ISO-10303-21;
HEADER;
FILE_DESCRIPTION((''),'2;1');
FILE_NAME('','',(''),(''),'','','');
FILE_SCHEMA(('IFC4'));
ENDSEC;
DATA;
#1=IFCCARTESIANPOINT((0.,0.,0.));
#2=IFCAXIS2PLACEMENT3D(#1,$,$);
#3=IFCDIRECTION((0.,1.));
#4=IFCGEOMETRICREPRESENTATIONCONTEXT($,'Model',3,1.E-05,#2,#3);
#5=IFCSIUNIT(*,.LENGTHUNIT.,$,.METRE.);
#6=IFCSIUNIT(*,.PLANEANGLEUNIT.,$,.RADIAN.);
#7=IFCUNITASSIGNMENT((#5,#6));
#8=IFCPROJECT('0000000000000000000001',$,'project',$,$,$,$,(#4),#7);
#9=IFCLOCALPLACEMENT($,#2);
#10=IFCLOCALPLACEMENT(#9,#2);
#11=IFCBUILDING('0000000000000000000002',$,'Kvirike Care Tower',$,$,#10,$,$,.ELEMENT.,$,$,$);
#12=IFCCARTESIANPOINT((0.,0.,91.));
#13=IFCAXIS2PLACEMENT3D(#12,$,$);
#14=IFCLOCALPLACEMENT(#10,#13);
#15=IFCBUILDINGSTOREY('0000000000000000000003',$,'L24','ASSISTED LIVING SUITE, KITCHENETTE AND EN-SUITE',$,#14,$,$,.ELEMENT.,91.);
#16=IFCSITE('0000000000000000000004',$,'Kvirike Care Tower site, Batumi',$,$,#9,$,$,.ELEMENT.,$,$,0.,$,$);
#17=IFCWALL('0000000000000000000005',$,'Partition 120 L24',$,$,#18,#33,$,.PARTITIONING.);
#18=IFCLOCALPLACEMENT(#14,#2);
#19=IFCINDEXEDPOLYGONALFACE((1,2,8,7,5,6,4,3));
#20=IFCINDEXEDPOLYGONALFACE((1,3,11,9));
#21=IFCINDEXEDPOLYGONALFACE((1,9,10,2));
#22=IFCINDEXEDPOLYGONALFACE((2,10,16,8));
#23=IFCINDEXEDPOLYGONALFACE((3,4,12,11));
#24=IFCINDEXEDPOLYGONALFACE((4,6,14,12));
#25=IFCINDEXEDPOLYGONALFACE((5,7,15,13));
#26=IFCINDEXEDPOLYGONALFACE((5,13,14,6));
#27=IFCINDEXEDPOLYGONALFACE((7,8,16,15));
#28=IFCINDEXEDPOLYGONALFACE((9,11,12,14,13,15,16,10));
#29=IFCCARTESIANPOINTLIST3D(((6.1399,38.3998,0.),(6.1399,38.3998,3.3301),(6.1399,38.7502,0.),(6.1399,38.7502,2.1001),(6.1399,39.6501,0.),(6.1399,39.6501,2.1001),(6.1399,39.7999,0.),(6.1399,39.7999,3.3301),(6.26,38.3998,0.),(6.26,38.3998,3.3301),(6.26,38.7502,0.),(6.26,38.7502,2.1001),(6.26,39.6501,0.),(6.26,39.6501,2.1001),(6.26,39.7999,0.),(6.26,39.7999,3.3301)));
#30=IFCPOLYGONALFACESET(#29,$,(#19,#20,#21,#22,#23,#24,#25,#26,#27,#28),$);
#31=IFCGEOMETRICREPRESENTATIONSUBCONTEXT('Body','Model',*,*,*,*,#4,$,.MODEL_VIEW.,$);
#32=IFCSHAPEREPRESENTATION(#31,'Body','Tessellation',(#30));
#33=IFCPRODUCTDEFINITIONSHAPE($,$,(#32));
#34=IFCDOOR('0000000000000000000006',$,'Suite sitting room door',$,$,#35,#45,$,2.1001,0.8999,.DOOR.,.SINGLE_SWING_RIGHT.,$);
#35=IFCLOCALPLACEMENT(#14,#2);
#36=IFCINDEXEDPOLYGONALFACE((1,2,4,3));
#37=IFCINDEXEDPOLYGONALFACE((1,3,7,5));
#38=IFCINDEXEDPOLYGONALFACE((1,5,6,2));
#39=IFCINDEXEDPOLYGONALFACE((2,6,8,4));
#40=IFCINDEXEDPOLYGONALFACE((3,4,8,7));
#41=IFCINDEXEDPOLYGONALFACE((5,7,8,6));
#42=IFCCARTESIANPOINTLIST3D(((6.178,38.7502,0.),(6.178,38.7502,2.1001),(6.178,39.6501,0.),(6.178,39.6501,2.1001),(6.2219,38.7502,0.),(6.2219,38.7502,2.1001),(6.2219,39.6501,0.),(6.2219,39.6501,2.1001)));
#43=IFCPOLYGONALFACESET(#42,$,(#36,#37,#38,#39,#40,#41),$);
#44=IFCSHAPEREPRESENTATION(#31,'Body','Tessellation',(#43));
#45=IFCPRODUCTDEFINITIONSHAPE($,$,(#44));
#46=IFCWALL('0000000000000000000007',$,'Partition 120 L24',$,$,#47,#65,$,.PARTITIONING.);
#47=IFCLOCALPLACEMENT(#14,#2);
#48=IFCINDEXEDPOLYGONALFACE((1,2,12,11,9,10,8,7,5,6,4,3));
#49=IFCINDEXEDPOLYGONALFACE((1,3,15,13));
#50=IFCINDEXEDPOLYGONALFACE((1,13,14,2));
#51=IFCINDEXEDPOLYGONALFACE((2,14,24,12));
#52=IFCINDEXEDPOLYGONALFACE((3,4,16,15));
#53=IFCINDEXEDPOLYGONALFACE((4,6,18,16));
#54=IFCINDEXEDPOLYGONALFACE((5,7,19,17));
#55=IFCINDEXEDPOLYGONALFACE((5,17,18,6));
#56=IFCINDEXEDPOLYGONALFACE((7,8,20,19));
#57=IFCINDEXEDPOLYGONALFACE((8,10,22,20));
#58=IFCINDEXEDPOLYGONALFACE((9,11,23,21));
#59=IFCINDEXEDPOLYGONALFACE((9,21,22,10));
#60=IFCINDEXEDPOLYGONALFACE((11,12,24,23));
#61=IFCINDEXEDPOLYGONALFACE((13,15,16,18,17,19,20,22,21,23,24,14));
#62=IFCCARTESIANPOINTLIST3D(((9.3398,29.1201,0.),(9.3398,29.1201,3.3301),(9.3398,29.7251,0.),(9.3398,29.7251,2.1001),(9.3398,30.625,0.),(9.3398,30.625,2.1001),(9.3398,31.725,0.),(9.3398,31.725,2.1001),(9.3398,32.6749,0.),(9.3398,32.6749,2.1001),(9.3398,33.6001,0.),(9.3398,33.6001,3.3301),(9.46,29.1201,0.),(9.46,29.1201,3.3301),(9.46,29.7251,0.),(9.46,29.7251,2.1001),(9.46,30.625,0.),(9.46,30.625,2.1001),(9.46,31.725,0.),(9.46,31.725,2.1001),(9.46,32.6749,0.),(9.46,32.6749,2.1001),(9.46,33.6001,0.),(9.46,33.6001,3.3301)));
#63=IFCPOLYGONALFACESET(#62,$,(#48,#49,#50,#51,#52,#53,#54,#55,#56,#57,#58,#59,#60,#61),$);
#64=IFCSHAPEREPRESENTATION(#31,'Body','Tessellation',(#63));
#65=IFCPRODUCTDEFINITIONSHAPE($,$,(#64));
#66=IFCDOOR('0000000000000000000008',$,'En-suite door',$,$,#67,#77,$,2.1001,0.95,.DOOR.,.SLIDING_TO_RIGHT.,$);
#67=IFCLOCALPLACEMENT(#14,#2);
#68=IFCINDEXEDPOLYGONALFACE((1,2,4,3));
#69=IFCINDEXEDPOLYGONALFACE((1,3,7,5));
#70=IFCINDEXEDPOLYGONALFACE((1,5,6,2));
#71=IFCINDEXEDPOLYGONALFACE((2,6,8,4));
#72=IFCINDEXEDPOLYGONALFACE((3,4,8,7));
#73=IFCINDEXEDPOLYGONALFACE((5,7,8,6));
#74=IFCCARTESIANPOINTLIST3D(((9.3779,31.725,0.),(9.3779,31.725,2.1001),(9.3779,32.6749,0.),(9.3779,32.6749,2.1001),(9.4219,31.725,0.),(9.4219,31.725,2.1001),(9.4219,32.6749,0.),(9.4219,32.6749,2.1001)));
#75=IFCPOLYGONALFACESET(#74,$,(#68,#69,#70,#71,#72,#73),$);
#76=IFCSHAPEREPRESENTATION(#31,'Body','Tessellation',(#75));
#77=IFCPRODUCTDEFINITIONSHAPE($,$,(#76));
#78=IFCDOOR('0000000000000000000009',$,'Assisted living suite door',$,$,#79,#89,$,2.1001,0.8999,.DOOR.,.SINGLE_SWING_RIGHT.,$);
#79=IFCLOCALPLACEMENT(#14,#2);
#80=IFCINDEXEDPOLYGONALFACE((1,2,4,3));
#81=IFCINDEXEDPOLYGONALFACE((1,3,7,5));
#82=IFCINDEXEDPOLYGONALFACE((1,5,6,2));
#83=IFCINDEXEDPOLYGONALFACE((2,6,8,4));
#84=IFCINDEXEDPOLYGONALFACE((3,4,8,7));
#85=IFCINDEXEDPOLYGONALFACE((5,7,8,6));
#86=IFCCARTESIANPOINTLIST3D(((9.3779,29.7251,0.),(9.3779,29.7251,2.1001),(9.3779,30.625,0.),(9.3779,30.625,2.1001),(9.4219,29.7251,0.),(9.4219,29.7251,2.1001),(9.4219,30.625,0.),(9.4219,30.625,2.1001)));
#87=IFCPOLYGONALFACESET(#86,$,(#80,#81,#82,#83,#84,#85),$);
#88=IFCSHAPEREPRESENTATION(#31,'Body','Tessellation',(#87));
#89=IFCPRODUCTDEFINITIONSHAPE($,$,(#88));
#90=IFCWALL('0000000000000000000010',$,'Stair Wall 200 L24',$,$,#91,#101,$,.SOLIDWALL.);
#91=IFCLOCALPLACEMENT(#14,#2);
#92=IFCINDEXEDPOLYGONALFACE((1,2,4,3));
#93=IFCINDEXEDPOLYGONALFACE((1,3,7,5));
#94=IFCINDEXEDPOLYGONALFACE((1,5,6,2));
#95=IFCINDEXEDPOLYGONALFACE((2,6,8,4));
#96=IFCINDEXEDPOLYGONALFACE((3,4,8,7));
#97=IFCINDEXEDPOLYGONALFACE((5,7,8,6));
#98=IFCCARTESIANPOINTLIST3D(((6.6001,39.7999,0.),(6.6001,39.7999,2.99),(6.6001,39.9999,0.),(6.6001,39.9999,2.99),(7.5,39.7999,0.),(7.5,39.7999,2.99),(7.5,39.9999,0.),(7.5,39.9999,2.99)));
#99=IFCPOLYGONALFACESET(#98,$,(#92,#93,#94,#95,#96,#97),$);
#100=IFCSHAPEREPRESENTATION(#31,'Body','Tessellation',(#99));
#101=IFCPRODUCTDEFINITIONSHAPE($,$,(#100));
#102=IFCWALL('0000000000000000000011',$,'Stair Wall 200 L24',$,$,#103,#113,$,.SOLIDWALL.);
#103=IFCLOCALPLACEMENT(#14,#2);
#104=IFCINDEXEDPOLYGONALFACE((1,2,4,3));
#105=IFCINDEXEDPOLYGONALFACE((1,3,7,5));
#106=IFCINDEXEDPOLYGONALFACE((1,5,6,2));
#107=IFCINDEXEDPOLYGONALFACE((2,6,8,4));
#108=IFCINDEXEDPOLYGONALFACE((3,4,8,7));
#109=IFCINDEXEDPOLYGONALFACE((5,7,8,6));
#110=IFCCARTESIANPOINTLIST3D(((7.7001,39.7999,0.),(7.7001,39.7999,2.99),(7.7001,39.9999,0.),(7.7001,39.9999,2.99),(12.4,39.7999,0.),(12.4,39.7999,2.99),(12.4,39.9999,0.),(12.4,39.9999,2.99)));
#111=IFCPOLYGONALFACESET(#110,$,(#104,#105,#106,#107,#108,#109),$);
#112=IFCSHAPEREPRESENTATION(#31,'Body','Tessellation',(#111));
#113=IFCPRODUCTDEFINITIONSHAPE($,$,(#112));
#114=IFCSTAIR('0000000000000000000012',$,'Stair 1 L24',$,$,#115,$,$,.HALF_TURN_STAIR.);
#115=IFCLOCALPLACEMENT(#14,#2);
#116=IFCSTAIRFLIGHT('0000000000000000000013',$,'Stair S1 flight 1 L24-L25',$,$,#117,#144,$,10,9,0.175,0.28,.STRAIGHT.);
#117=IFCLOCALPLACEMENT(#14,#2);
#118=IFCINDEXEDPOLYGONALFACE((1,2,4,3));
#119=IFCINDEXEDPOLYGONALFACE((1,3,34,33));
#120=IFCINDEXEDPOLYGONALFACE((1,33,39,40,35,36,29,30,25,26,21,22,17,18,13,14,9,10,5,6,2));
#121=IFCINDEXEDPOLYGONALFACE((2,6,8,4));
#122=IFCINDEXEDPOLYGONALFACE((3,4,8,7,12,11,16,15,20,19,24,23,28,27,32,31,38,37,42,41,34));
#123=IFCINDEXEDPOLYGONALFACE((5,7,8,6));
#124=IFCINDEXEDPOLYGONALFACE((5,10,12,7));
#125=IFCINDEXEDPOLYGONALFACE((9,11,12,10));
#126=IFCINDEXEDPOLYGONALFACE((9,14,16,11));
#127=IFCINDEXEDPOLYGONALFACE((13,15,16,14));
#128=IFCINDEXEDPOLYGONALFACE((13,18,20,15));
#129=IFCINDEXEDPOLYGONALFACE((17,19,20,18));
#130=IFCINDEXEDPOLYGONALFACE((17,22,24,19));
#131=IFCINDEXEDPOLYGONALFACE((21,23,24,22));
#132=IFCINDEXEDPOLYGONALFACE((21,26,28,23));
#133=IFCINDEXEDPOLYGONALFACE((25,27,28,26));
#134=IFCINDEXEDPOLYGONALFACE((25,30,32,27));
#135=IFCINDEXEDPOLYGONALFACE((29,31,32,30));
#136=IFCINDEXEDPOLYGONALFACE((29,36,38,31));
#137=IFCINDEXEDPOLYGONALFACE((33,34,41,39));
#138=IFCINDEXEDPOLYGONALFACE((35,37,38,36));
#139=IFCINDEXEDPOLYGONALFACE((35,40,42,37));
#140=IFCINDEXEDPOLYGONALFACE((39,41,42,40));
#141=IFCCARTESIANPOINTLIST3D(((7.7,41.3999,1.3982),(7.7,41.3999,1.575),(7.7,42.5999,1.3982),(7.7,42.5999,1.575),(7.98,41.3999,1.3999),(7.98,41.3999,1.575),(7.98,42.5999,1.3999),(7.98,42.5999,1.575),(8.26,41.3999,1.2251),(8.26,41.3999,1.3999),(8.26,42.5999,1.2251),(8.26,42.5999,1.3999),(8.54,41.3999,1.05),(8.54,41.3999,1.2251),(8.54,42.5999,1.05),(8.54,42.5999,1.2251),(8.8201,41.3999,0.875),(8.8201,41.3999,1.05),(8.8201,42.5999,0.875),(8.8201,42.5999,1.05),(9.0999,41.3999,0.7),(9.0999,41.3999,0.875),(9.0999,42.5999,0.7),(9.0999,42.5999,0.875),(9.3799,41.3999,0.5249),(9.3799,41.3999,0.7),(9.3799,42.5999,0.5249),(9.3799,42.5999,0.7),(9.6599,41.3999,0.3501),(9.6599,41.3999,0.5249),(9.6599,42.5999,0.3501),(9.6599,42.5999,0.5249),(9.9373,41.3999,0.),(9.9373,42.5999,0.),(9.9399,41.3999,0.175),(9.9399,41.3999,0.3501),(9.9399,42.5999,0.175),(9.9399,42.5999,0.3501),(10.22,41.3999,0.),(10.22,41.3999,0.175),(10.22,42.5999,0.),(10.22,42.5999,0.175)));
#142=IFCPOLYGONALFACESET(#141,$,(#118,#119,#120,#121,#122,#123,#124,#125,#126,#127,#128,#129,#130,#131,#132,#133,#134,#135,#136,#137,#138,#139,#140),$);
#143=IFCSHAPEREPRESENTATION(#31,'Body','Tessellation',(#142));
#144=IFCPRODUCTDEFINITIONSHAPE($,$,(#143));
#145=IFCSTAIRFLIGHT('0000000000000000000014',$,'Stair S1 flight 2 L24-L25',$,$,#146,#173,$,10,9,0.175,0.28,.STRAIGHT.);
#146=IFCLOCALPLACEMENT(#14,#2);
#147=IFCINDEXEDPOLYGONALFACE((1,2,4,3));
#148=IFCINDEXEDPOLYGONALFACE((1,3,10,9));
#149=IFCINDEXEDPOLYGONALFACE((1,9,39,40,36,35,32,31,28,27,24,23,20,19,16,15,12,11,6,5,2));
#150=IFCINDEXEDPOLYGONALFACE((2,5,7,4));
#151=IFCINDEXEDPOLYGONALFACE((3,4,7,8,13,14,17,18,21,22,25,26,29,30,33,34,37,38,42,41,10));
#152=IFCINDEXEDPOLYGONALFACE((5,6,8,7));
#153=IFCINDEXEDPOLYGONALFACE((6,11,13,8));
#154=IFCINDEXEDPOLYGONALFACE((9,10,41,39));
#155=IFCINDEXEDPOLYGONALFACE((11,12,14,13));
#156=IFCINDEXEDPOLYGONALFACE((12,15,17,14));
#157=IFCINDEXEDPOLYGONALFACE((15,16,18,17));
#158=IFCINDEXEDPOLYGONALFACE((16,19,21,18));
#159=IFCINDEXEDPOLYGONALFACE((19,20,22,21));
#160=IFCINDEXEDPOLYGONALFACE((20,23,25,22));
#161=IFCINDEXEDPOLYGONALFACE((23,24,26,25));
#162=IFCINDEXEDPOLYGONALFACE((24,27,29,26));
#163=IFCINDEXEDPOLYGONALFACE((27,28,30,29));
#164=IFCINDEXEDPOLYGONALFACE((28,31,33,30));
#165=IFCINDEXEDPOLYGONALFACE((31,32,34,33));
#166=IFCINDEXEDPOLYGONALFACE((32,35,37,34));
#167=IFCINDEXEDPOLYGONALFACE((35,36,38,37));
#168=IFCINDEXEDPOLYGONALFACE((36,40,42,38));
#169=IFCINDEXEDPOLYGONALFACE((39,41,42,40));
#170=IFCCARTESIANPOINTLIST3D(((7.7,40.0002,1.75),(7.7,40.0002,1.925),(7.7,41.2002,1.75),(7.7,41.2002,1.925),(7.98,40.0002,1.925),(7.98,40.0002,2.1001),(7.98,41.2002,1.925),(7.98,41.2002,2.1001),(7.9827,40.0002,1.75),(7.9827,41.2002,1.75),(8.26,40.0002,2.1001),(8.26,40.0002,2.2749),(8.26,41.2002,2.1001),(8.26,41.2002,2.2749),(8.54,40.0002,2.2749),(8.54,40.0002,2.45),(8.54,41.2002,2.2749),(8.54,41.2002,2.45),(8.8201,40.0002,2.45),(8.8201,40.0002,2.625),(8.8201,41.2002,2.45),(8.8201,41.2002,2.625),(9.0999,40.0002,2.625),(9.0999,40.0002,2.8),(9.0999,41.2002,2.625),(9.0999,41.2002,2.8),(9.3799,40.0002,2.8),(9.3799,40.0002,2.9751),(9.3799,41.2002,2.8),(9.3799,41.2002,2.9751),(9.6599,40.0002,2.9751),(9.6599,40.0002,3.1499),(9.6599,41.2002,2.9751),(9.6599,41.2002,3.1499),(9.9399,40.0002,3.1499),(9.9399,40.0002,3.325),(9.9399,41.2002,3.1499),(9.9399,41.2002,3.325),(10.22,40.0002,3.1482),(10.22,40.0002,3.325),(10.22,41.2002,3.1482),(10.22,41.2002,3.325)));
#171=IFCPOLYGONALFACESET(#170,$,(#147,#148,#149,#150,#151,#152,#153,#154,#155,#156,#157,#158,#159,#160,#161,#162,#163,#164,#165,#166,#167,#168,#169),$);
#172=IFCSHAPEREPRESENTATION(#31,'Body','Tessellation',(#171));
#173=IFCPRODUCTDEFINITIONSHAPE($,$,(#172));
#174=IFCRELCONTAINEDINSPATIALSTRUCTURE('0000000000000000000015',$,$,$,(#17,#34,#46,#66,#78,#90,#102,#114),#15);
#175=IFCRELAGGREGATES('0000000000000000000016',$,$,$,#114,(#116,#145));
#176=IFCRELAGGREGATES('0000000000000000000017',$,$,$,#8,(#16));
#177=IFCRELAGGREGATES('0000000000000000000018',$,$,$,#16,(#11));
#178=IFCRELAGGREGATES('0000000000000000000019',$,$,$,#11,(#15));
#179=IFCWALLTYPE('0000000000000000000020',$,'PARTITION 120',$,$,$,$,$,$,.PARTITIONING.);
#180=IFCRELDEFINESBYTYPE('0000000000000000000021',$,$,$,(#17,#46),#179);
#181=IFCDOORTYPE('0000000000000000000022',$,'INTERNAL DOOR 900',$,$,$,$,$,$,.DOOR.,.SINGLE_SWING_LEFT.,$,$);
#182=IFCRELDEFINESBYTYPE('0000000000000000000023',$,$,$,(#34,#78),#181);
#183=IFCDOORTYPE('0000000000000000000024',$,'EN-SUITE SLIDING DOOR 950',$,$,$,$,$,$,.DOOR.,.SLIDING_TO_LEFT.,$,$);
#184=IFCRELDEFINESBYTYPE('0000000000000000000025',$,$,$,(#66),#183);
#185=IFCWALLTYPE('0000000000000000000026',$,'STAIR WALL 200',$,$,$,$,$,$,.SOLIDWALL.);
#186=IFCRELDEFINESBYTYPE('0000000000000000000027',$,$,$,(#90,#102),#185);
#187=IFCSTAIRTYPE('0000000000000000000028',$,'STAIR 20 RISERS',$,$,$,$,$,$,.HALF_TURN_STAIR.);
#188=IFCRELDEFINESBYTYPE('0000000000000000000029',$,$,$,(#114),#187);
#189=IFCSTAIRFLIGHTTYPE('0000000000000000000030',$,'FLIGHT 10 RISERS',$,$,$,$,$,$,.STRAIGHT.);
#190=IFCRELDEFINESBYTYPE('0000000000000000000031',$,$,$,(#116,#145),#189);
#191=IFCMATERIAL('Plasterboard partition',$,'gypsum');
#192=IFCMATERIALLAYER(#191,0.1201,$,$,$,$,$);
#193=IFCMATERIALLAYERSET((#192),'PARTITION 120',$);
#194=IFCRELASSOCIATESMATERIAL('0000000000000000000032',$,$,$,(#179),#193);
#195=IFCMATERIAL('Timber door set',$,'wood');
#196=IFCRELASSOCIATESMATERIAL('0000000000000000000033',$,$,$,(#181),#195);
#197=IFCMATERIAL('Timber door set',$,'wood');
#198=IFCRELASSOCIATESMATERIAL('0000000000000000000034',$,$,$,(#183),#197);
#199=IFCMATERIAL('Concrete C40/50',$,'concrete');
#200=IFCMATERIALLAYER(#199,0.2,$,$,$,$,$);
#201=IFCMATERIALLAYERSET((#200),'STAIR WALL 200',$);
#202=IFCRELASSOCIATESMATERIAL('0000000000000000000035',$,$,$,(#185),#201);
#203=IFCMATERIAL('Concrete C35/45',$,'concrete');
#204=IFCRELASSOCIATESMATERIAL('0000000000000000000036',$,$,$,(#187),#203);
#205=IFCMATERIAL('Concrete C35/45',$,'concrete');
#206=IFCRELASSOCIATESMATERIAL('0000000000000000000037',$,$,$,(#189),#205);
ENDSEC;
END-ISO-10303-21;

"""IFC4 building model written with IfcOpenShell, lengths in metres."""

from ifc_helpers import new_model, si_unit, direction, frame, frame_2d, origin, place, context, subcontext, project, spatial, polyline, rectangle, outline, extrude, material, layer, layer_set, type_object, element, fill, aggregate, save


model = new_model("IFC4")

# Units and contexts
model_context = context("Model", 3, precision=1e-05, world=origin(), true_north=direction((0.0, 1.0)))
body_context = subcontext(model_context, "Body", "Model", "MODEL_VIEW")
ifc_project = project(units=[si_unit("LENGTHUNIT", "METRE"), si_unit("PLANEANGLEUNIT", "RADIAN")], contexts=[model_context])

# Site, building, storey
site_placement = place(None, origin())
site = spatial("IfcSite", under=ifc_project, at=site_placement, Name="Kvirike Care Tower site, Batumi", CompositionType="ELEMENT", RefElevation=0.0)
building_placement = place(site_placement, origin())
building = spatial("IfcBuilding", under=site, at=building_placement, Name="Kvirike Care Tower", CompositionType="ELEMENT")
storey_placement = place(building_placement, frame((0.0, 0.0, 91.0)))
storey = spatial("IfcBuildingStorey", under=building, at=storey_placement, Name="L24", Description="ASSISTED LIVING SUITE, KITCHENETTE AND EN-SUITE", CompositionType="ELEMENT", Elevation=91.0)

# Wall, opening, door
ifc_material_1 = material(Name="Plasterboard partition", Category="gypsum")
ifc_layer_1 = layer(ifc_material_1, 0.1201)
ifc_layer_set_1 = layer_set([ifc_layer_1], Name="PARTITION 120")
wall_type_1 = type_object("IfcWallType", Name="PARTITION 120", PredefinedType="PARTITIONING", material=ifc_layer_set_1)
ifc_material_2 = material(Name="Timber door set", Category="wood")
door_type_1 = type_object("IfcDoorType", Name="INTERNAL DOOR 900", OperationType="SINGLE_SWING_LEFT", PredefinedType="DOOR", material=ifc_material_2)
wall_1_placement = place(storey_placement, frame((6.2, 39.8, 0.0), z_axis=(0.0, 0.0, 1.0), x_axis=(0.0, -1.0, 0.0)))
wall_1 = element("IfcWall", 1, at=wall_1_placement, inside=storey, type_object=wall_type_1, Name="Partition 120 L24", PredefinedType="PARTITIONING", context=body_context, shape_type="SweptSolid", body=[
    extrude(rectangle(XDim=1.4001, YDim=0.1201, at=frame_2d((0.7002, 0.0))), origin(), (0.0, 0.0, 1.0), 3.3301),
])
opening_1_placement = place(wall_1_placement, frame((0.1499, 0.0, 0.0)))
opening_1 = element("IfcOpeningElement", 2, at=opening_1_placement, cuts=wall_1, PredefinedType="OPENING", context=body_context, shape_type="SweptSolid", body=[
    extrude(rectangle(XDim=0.8999, YDim=2.1001, at=frame_2d((0.45, 1.05))), frame((0.0, 0.0706, 0.0), z_axis=(0.0, -1.0, 0.0), x_axis=(1.0, 0.0, 0.0)), (0.0, 0.0, 1.0), 0.1411),
])
door_1_placement = place(opening_1_placement, origin())
door_1 = element("IfcDoor", 3, at=door_1_placement, inside=storey, type_object=door_type_1, Name="Suite sitting room door", OperationType="SINGLE_SWING_RIGHT", OverallHeight=2.1001, OverallWidth=0.8999, PredefinedType="DOOR", context=body_context, shape_type="SweptSolid", body=[
    extrude(rectangle(XDim=0.8999, YDim=2.1001, at=frame_2d((0.45, 1.05))), frame((0.0, 0.022, 0.0), z_axis=(0.0, -1.0, 0.0), x_axis=(1.0, 0.0, 0.0)), (0.0, 0.0, 1.0), 0.0439),
])
fill(opening_1, door_1)

# Wall, openings, doors
wall_2_placement = place(storey_placement, frame((9.3999, 33.6001, 0.0), z_axis=(0.0, 0.0, 1.0), x_axis=(0.0, -1.0, 0.0)))
wall_2 = element("IfcWall", 4, at=wall_2_placement, inside=storey, type_object=wall_type_1, Name="Partition 120 L24", PredefinedType="PARTITIONING", context=body_context, shape_type="SweptSolid", body=[
    extrude(rectangle(XDim=4.48, YDim=0.1201, at=frame_2d((2.24, 0.0))), origin(), (0.0, 0.0, 1.0), 3.3301),
])
opening_2_placement = place(wall_2_placement, frame((2.9751, 0.0, 0.0)))
opening_2 = element("IfcOpeningElement", 5, at=opening_2_placement, cuts=wall_2, PredefinedType="OPENING", context=body_context, shape_type="SweptSolid", body=[
    extrude(rectangle(XDim=0.8999, YDim=2.1001, at=frame_2d((0.45, 1.05))), frame((0.0, 0.0706, 0.0), z_axis=(0.0, -1.0, 0.0), x_axis=(1.0, 0.0, 0.0)), (0.0, 0.0, 1.0), 0.1411),
])
opening_3_placement = place(wall_2_placement, frame((0.925, 0.0, 0.0)))
opening_3 = element("IfcOpeningElement", 6, at=opening_3_placement, cuts=wall_2, PredefinedType="OPENING", context=body_context, shape_type="SweptSolid", body=[
    extrude(rectangle(XDim=0.95, YDim=2.1001, at=frame_2d((0.4751, 1.05))), frame((0.0, 0.0706, 0.0), z_axis=(0.0, -1.0, 0.0), x_axis=(1.0, 0.0, 0.0)), (0.0, 0.0, 1.0), 0.1411),
])
ifc_material_3 = material(Name="Timber door set", Category="wood")
door_type_2 = type_object("IfcDoorType", Name="EN-SUITE SLIDING DOOR 950", OperationType="SLIDING_TO_LEFT", PredefinedType="DOOR", material=ifc_material_3)
door_2_placement = place(opening_3_placement, origin())
door_2 = element("IfcDoor", 7, at=door_2_placement, inside=storey, type_object=door_type_2, Name="En-suite door", OperationType="SLIDING_TO_RIGHT", OverallHeight=2.1001, OverallWidth=0.95, PredefinedType="DOOR", context=body_context, shape_type="SweptSolid", body=[
    extrude(rectangle(XDim=0.95, YDim=2.1001, at=frame_2d((0.4751, 1.05))), frame((0.0, 0.022, 0.0), z_axis=(0.0, -1.0, 0.0), x_axis=(1.0, 0.0, 0.0)), (0.0, 0.0, 1.0), 0.0439),
])
fill(opening_3, door_2)
door_3_placement = place(opening_2_placement, origin())
door_3 = element("IfcDoor", 8, at=door_3_placement, inside=storey, type_object=door_type_1, Name="Assisted living suite door", OperationType="SINGLE_SWING_RIGHT", OverallHeight=2.1001, OverallWidth=0.8999, PredefinedType="DOOR", context=body_context, shape_type="SweptSolid", body=[
    extrude(rectangle(XDim=0.8999, YDim=2.1001, at=frame_2d((0.45, 1.05))), frame((0.0, 0.022, 0.0), z_axis=(0.0, -1.0, 0.0), x_axis=(1.0, 0.0, 0.0)), (0.0, 0.0, 1.0), 0.0439),
])
fill(opening_2, door_3)

# Walls
ifc_material_4 = material(Name="Concrete C40/50", Category="concrete")
ifc_layer_2 = layer(ifc_material_4, 0.2)
ifc_layer_set_2 = layer_set([ifc_layer_2], Name="STAIR WALL 200")
wall_type_2 = type_object("IfcWallType", Name="STAIR WALL 200", PredefinedType="SOLIDWALL", material=ifc_layer_set_2)
wall_3_placement = place(storey_placement, frame((6.6001, 39.8999, 0.0), z_axis=(0.0, 0.0, 1.0), x_axis=(1.0, 0.0, 0.0)))
element("IfcWall", 9, at=wall_3_placement, inside=storey, type_object=wall_type_2, Name="Stair Wall 200 L24", PredefinedType="SOLIDWALL", context=body_context, shape_type="SweptSolid", body=[
    extrude(rectangle(XDim=0.8999, YDim=0.2, at=frame_2d((0.45, 0.0))), origin(), (0.0, 0.0, 1.0), 2.99),
])
wall_4_placement = place(storey_placement, frame((7.7, 39.8999, 0.0), z_axis=(0.0, 0.0, 1.0), x_axis=(1.0, 0.0, 0.0)))
element("IfcWall", 10, at=wall_4_placement, inside=storey, type_object=wall_type_2, Name="Stair Wall 200 L24", PredefinedType="SOLIDWALL", context=body_context, shape_type="SweptSolid", body=[
    extrude(rectangle(XDim=4.7, YDim=0.2, at=frame_2d((2.3501, 0.0))), origin(), (0.0, 0.0, 1.0), 2.99),
])

# Stair, stair flights
ifc_material_5 = material(Name="Concrete C35/45", Category="concrete")
stair_type = type_object("IfcStairType", Name="STAIR 20 RISERS", PredefinedType="HALF_TURN_STAIR", material=ifc_material_5)
stair_placement = place(storey_placement, origin())
stair = element("IfcStair", 11, at=stair_placement, inside=storey, type_object=stair_type, Name="Stair 1 L24", PredefinedType="HALF_TURN_STAIR")
ifc_material_6 = material(Name="Concrete C35/45", Category="concrete")
stair_flight_type = type_object("IfcStairFlightType", Name="FLIGHT 10 RISERS", PredefinedType="STRAIGHT", material=ifc_material_6)
stair_flight_1_placement = place(storey_placement, frame((10.22, 42.0, 0.0), z_axis=(0.0, 0.0, 1.0), x_axis=(-1.0, 0.0, 0.0)))
stair_flight_1 = element("IfcStairFlight", 12, at=stair_flight_1_placement, type_object=stair_flight_type, Name="Stair S1 flight 1 L24-L25", NumberOfRisers=10, NumberOfTreads=9, PredefinedType="STRAIGHT", RiserHeight=0.175, TreadLength=0.28, context=body_context, shape_type="SweptSolid", body=[
    extrude(outline(polyline([(0.0, 0.0), (0.0, 0.175), (0.28, 0.175), (0.28, 0.3501), (0.5601, 0.3501), (0.5601, 0.5249), (0.8401, 0.5249), (0.8401, 0.7), (1.1201, 0.7), (1.1201, 0.875), (1.3999, 0.875), (1.3999, 1.05), (1.6799, 1.05), (1.6799, 1.2251), (1.96, 1.2251), (1.96, 1.3999), (2.24, 1.3999), (2.24, 1.575), (2.52, 1.575), (2.52, 1.75), (2.52, 1.3982), (0.2827, 0.0), (0.0, 0.0)])), frame((0.0, 0.6001, 0.0), z_axis=(0.0, -1.0, 0.0), x_axis=(1.0, 0.0, 0.0)), (0.0, 0.0, 1.0), 1.2),
])
stair_flight_2_placement = place(storey_placement, frame((7.7, 40.6001, 1.75), z_axis=(0.0, 0.0, 1.0), x_axis=(1.0, 0.0, 0.0)))
stair_flight_2 = element("IfcStairFlight", 13, at=stair_flight_2_placement, type_object=stair_flight_type, Name="Stair S1 flight 2 L24-L25", NumberOfRisers=10, NumberOfTreads=9, PredefinedType="STRAIGHT", RiserHeight=0.175, TreadLength=0.28, context=body_context, shape_type="SweptSolid", body=[
    extrude(outline(polyline([(0.0, 0.0), (0.0, 0.175), (0.28, 0.175), (0.28, 0.3501), (0.5601, 0.3501), (0.5601, 0.5249), (0.8401, 0.5249), (0.8401, 0.7), (1.1201, 0.7), (1.1201, 0.875), (1.3999, 0.875), (1.3999, 1.05), (1.6799, 1.05), (1.6799, 1.2251), (1.96, 1.2251), (1.96, 1.3999), (2.24, 1.3999), (2.24, 1.575), (2.52, 1.575), (2.52, 1.75), (2.52, 1.3982), (0.2827, 0.0), (0.0, 0.0)])), frame((0.0, 0.6001, 0.0), z_axis=(0.0, -1.0, 0.0), x_axis=(1.0, 0.0, 0.0)), (0.0, 0.0, 1.0), 1.2),
])
aggregate(stair, [stair_flight_1, stair_flight_2])

save(model, "model.ifc")
